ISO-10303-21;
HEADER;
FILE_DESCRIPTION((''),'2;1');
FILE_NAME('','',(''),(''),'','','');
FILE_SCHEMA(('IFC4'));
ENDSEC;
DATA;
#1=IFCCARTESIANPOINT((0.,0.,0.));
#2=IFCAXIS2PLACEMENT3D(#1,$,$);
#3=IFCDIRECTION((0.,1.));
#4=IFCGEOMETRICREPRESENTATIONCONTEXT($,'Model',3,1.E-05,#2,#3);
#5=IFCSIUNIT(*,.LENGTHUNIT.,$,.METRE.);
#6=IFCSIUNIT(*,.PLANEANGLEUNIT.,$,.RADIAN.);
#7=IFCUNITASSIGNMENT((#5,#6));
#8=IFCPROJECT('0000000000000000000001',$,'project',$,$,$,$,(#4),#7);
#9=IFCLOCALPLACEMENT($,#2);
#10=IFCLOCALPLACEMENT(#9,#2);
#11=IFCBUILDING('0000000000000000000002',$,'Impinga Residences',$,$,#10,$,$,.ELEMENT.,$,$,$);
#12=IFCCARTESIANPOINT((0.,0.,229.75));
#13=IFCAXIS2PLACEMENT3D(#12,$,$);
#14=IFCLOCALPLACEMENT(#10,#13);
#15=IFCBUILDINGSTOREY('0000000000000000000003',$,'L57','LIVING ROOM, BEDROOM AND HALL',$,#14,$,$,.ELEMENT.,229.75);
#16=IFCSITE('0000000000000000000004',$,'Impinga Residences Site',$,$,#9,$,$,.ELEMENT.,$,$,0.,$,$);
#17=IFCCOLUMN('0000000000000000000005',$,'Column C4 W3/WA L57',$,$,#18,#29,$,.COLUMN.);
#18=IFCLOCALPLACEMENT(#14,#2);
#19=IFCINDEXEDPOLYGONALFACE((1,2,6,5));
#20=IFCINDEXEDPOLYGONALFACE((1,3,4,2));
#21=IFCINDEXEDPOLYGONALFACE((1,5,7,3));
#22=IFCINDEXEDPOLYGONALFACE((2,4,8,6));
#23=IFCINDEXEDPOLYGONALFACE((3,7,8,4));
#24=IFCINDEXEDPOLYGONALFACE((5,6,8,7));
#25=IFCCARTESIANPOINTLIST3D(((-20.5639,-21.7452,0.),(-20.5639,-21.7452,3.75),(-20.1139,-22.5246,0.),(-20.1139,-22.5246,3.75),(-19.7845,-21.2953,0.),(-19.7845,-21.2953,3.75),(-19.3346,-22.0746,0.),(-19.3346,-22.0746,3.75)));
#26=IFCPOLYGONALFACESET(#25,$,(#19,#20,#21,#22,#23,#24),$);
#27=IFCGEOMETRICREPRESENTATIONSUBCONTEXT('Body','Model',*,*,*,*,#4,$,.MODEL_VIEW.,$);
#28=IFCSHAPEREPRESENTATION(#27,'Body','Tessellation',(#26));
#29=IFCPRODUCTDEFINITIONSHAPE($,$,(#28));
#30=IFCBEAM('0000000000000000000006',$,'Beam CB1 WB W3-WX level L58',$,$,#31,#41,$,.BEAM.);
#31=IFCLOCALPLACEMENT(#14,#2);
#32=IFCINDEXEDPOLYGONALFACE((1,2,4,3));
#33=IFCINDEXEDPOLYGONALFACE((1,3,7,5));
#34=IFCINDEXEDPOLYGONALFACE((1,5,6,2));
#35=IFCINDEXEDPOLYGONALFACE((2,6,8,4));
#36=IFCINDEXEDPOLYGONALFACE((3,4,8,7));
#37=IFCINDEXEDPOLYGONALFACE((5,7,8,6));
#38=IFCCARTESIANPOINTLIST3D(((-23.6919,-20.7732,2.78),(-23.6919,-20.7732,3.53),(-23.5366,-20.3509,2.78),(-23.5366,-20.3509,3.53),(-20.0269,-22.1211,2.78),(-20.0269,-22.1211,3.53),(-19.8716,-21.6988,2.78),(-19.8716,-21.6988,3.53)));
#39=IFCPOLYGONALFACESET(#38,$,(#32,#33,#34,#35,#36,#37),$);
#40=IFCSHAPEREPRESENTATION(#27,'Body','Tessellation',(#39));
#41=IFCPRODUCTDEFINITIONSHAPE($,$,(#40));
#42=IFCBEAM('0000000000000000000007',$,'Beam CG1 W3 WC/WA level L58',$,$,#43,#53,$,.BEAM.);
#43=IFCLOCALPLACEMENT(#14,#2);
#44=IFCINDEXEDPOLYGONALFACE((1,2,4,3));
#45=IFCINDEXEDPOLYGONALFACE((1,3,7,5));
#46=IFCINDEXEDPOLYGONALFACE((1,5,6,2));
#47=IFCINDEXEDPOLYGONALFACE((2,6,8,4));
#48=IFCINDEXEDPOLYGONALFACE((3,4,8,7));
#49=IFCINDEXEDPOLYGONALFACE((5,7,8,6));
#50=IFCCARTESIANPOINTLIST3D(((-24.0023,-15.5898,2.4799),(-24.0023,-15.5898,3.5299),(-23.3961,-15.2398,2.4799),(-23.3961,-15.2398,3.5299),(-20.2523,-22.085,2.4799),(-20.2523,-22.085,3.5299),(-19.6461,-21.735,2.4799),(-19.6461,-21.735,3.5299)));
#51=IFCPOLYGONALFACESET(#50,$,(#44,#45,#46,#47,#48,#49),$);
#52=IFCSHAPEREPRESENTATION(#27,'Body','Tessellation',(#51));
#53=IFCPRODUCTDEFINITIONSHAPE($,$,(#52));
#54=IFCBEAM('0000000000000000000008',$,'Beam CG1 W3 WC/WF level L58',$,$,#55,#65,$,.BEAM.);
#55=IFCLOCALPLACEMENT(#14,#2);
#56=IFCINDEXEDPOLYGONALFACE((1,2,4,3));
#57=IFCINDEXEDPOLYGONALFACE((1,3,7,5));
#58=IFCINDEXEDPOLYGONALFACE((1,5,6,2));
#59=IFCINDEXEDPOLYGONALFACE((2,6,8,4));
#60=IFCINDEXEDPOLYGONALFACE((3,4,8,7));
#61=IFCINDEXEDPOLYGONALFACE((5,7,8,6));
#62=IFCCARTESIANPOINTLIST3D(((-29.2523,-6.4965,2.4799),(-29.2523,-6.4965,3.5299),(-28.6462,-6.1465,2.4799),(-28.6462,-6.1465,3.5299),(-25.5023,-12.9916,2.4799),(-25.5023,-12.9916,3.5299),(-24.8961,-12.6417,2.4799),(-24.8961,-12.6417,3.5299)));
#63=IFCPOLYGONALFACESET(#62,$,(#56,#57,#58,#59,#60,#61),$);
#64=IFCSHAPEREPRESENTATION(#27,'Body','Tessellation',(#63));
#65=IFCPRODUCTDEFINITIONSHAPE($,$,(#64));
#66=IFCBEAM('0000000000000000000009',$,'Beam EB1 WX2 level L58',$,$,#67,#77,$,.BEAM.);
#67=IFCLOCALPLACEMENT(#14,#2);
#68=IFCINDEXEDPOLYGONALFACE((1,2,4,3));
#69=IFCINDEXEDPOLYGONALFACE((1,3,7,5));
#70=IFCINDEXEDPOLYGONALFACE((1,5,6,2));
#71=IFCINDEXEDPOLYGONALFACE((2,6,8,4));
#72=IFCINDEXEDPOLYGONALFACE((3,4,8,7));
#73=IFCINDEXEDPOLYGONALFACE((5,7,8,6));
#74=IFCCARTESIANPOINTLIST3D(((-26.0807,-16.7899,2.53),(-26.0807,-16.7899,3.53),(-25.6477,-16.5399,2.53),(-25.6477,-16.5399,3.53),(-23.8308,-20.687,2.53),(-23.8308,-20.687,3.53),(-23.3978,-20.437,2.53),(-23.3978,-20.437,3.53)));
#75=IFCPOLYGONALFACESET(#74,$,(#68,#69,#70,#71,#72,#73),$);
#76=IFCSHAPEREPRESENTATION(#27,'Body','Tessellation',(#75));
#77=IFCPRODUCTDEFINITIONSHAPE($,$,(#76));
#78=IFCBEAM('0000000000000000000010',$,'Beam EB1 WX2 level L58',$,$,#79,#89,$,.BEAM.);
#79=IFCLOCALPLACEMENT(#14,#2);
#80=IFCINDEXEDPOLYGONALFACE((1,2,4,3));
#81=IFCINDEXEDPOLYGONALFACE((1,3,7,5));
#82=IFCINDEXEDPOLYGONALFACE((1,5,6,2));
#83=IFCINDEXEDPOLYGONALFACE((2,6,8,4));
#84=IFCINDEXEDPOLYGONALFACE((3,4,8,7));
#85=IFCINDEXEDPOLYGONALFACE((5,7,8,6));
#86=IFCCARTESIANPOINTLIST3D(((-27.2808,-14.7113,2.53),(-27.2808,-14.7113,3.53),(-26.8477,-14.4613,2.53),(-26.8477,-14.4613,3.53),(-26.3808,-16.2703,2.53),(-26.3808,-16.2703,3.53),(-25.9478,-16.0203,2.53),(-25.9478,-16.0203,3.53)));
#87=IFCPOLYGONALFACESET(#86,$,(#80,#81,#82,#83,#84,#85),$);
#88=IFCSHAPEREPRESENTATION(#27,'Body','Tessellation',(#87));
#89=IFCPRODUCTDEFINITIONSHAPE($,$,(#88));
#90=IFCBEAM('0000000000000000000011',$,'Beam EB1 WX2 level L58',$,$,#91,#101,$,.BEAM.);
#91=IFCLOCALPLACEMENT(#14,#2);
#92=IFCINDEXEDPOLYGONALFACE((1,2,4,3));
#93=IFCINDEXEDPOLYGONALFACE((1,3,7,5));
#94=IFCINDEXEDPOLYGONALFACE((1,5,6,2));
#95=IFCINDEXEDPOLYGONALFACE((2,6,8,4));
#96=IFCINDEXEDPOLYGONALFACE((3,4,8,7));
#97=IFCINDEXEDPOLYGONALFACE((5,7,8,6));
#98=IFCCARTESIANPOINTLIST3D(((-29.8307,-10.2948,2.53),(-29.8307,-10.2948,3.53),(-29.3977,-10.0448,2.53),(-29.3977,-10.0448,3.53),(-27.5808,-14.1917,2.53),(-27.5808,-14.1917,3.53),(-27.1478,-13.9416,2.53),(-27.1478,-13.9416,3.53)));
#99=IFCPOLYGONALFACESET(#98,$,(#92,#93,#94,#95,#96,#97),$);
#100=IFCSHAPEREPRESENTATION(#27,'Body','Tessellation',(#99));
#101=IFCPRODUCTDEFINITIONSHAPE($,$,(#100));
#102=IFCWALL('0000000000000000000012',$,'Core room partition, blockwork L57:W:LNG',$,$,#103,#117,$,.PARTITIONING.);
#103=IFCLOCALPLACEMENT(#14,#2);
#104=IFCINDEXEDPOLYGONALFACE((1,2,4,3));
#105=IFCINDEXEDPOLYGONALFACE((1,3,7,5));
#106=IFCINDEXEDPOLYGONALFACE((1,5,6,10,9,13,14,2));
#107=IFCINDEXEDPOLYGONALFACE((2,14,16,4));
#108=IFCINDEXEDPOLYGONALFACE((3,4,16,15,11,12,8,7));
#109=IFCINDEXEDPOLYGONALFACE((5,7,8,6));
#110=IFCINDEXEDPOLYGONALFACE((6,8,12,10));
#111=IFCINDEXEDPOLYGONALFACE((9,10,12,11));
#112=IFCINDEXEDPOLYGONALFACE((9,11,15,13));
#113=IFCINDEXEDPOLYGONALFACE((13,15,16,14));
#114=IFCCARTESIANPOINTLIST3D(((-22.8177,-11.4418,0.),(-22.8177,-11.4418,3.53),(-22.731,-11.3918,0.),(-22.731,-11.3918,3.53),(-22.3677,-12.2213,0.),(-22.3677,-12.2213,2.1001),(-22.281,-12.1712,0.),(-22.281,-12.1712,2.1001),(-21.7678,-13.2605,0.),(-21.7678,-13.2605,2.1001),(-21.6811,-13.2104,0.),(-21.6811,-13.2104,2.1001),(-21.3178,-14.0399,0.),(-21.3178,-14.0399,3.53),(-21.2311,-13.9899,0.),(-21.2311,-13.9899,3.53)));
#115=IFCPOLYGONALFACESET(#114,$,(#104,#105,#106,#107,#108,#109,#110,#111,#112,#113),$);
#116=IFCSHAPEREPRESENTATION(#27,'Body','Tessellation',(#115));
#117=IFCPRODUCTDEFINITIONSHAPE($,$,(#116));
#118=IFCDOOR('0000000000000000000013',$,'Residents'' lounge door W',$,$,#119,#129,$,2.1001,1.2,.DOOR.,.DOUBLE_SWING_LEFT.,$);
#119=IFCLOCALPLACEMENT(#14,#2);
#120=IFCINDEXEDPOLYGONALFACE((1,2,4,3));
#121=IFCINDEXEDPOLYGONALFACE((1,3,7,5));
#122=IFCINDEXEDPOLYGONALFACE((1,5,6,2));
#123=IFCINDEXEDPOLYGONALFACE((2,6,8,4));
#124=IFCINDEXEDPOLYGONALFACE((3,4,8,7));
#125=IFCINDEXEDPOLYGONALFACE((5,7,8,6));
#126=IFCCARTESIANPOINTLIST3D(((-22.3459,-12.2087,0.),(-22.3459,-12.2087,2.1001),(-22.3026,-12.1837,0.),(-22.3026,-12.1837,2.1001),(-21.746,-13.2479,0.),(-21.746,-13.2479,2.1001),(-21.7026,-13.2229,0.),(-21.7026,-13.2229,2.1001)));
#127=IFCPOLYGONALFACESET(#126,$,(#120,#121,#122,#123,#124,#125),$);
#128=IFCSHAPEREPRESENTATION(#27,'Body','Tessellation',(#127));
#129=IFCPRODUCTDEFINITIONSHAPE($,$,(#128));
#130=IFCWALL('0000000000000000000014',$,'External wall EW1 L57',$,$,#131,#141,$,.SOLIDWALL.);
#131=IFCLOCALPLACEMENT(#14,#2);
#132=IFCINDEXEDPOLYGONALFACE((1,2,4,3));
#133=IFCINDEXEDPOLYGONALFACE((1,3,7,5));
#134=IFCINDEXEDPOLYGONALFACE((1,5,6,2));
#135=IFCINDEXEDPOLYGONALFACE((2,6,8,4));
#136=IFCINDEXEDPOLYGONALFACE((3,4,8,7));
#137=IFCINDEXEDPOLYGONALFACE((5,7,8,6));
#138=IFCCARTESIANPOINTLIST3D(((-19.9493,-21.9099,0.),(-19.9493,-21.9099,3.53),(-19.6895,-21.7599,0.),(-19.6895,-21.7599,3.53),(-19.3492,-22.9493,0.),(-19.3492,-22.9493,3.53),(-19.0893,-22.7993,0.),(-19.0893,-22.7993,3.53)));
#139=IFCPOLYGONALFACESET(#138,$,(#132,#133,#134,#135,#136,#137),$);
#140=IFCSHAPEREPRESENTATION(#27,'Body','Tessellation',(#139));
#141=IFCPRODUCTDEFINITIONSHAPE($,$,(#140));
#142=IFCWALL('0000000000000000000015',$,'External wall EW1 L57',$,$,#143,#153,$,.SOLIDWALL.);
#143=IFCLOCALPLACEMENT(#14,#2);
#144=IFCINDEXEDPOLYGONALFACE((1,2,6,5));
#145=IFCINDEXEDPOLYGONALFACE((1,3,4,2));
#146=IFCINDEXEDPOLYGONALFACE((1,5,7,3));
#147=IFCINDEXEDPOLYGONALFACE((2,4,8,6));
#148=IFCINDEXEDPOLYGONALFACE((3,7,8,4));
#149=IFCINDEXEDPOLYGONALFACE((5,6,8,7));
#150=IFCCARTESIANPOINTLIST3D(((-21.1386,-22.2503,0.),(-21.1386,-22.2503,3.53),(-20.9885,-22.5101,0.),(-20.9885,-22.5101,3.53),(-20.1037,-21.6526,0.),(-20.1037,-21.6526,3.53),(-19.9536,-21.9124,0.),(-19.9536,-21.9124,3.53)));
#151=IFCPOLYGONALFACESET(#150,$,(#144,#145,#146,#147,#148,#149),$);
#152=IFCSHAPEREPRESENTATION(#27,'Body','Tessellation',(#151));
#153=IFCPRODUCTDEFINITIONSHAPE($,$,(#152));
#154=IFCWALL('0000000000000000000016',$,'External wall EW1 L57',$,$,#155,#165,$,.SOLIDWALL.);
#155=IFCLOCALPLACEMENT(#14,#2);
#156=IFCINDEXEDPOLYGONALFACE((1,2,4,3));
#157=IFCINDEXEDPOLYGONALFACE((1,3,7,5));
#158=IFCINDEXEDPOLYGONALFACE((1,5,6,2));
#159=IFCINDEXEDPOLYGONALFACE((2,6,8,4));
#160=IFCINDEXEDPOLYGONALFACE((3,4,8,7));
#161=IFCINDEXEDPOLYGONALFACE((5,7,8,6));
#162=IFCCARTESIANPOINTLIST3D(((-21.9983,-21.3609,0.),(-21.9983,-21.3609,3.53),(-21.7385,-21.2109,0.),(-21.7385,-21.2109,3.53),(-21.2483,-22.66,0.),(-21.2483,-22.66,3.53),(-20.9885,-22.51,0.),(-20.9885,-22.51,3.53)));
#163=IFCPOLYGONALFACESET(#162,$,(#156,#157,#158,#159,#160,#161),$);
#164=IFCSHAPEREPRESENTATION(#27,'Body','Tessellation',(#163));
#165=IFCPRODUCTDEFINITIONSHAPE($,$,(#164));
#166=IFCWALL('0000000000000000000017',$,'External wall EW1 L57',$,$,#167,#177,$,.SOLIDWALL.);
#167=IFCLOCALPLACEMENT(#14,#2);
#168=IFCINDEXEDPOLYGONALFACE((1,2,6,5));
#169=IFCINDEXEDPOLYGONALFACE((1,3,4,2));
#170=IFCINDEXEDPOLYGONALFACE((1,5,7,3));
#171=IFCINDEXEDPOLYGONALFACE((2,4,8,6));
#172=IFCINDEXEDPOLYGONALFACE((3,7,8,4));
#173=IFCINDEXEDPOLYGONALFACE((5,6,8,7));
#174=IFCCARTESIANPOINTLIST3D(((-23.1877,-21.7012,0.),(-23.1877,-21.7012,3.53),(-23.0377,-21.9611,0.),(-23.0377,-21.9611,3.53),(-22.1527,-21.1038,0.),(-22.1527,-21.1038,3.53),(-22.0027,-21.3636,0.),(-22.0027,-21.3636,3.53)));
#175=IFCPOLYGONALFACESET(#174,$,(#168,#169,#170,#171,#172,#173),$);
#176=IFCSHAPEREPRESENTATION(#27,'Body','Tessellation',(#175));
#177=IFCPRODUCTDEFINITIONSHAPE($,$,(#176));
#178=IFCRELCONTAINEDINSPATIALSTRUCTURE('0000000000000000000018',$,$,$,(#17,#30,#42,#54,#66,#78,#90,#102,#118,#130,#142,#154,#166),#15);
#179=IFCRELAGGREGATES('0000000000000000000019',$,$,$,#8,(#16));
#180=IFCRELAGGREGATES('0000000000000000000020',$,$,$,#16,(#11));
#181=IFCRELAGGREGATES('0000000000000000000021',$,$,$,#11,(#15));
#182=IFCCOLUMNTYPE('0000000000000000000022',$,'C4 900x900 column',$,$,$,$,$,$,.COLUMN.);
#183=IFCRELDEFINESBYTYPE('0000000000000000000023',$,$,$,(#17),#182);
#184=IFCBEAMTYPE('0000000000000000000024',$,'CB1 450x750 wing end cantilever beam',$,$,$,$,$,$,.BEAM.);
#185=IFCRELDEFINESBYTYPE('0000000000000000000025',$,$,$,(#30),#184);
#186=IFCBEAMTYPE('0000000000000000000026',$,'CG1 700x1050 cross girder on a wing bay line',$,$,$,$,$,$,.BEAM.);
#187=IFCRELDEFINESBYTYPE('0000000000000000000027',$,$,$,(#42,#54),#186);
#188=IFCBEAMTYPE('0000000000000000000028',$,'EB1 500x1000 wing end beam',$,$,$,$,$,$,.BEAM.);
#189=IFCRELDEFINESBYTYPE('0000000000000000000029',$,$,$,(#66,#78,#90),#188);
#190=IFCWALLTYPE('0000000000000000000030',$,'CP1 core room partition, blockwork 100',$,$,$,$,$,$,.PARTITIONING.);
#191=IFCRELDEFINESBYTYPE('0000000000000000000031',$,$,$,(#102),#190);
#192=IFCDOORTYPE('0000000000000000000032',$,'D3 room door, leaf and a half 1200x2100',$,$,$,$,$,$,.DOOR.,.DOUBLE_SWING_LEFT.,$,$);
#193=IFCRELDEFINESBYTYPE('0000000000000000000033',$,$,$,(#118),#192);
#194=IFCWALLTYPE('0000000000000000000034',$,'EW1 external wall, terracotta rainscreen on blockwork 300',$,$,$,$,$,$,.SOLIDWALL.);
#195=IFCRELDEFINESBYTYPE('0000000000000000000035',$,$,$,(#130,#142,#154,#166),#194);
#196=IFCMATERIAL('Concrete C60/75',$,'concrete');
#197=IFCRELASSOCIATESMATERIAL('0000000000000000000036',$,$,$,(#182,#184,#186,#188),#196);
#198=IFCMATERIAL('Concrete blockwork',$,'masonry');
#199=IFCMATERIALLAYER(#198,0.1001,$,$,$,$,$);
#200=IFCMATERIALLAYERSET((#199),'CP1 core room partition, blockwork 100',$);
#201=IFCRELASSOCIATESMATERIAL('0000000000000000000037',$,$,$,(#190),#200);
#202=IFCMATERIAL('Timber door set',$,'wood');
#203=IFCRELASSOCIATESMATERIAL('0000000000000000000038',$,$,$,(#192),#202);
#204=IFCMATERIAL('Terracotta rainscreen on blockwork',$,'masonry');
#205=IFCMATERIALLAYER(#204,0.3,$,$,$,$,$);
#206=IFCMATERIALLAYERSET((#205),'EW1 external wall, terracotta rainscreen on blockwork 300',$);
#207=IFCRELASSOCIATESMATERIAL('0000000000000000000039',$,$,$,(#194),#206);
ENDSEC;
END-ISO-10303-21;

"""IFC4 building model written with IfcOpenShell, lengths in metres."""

from ifc_helpers import new_model, si_unit, direction, frame, frame_2d, origin, origin_2d, place, context, subcontext, project, spatial, rectangle, extrude, material, layer, layer_set, material_profile, profile_set, type_object, element, fill, save


model = new_model("IFC4")

# Units and contexts
model_context = context("Model", 3, precision=1e-05, world=origin(), true_north=direction((0.0, 1.0)))
body_context = subcontext(model_context, "Body", "Model", "MODEL_VIEW")
ifc_project = project(units=[si_unit("LENGTHUNIT", "METRE"), si_unit("PLANEANGLEUNIT", "RADIAN")], contexts=[model_context])

# Site, building, storey
site_placement = place(None, origin())
site = spatial("IfcSite", under=ifc_project, at=site_placement, Name="Impinga Residences Site", CompositionType="ELEMENT", RefElevation=0.0)
building_placement = place(site_placement, origin())
building = spatial("IfcBuilding", under=site, at=building_placement, Name="Impinga Residences", CompositionType="ELEMENT")
storey_placement = place(building_placement, frame((0.0, 0.0, 229.75)))
storey = spatial("IfcBuildingStorey", under=building, at=storey_placement, Name="L57", Description="LIVING ROOM, BEDROOM AND HALL", CompositionType="ELEMENT", Elevation=229.75)

# Column
ifc_material_1 = material(Name="Concrete C60/75", Category="concrete")
ifc_material_profile_1 = material_profile(ifc_material_1, rectangle(XDim=0.8999, YDim=0.8999, at=origin_2d()), Name="RC 900x900")
ifc_profile_set_1 = profile_set([ifc_material_profile_1], Name="Concrete C60/75")
column_type = type_object("IfcColumnType", Name="C4 900x900 column", PredefinedType="COLUMN", material=ifc_profile_set_1)
column_placement = place(storey_placement, frame((-19.9492, -21.9099, 0.0), z_axis=(0.0, 0.0, 1.0), x_axis=(-0.5, 0.866025, 0.0)))
element("IfcColumn", 1, at=column_placement, inside=storey, type_object=column_type, Name="Column C4 W3/WA L57", PredefinedType="COLUMN", context=body_context, shape_type="SweptSolid", body=[
    extrude(rectangle(XDim=0.8999, YDim=0.8999, at=origin_2d()), origin(), (0.0, 0.0, 1.0), 3.75),
])

# Beams
ifc_material_profile_2 = material_profile(ifc_material_1, rectangle(XDim=0.45, YDim=0.75, at=origin_2d()), Name="RC 450x750")
ifc_profile_set_2 = profile_set([ifc_material_profile_2], Name="Concrete C60/75")
beam_type_1 = type_object("IfcBeamType", Name="CB1 450x750 wing end cantilever beam", PredefinedType="BEAM", material=ifc_profile_set_2)
beam_1_placement = place(storey_placement, frame((-19.9492, -21.9099, 3.155), z_axis=(-0.93854, 0.345169, 0.0), x_axis=(-0.345169, -0.93854, 0.0)))
element("IfcBeam", 2, at=beam_1_placement, inside=storey, type_object=beam_type_1, Name="Beam CB1 WB W3-WX level L58", PredefinedType="BEAM", context=body_context, shape_type="SweptSolid", body=[
    extrude(rectangle(XDim=0.45, YDim=0.75, at=origin_2d()), origin(), (0.0, 0.0, 1.0), 3.905),
])
ifc_material_profile_3 = material_profile(ifc_material_1, rectangle(XDim=0.7, YDim=1.05, at=origin_2d()), Name="RC 700x1050")
ifc_profile_set_3 = profile_set([ifc_material_profile_3], Name="Concrete C60/75")
beam_type_2 = type_object("IfcBeamType", Name="CG1 700x1050 cross girder on a wing bay line", PredefinedType="BEAM", material=ifc_profile_set_3)
for number, where, z_axis, x_axis, name in (
    (3, (-23.6992, -15.4148, 3.0049), (0.500004, -0.866023, 0.0), (0.866023, 0.500004, 0.0), "Beam CG1 W3 WC/WA level L58"),
    (4, (-25.1992, -12.8167, 3.0049), (-0.500004, 0.866023, 0.0), (-0.866023, -0.500004, 0.0), "Beam CG1 W3 WC/WF level L58"),
):
    element("IfcBeam", number, at=place(storey_placement, frame(where, z_axis=z_axis, x_axis=x_axis)), inside=storey, type_object=beam_type_2, Name=name, PredefinedType="BEAM", context=body_context, shape_type="SweptSolid", body=[
        extrude(rectangle(XDim=0.7, YDim=1.05, at=origin_2d()), origin(), (0.0, 0.0, 1.0), 7.5),
    ])
ifc_material_profile_4 = material_profile(ifc_material_1, rectangle(XDim=0.5, YDim=1.0, at=origin_2d()), Name="RC 500x1000")
ifc_profile_set_4 = profile_set([ifc_material_profile_4], Name="Concrete C60/75")
beam_type_3 = type_object("IfcBeamType", Name="EB1 500x1000 wing end beam", PredefinedType="BEAM", material=ifc_profile_set_4)
beam_2_placement = place(storey_placement, frame((-23.6143, -20.562, 3.03), z_axis=(-0.49999, 0.866031, 0.0), x_axis=(-0.866031, -0.49999, 0.0)))
element("IfcBeam", 5, at=beam_2_placement, inside=storey, type_object=beam_type_3, Name="Beam EB1 WX2 level L58", PredefinedType="BEAM", context=body_context, shape_type="SweptSolid", body=[
    extrude(rectangle(XDim=0.5, YDim=1.0, at=origin_2d()), origin(), (0.0, 0.0, 1.0), 4.5),
])
beam_3_placement = place(storey_placement, frame((-26.1643, -16.1453, 3.03), z_axis=(-0.499961, 0.866048, 0.0), x_axis=(-0.866048, -0.499961, 0.0)))
element("IfcBeam", 6, at=beam_3_placement, inside=storey, type_object=beam_type_3, Name="Beam EB1 WX2 level L58", PredefinedType="BEAM", context=body_context, shape_type="SweptSolid", body=[
    extrude(rectangle(XDim=0.5, YDim=1.0, at=origin_2d()), origin(), (0.0, 0.0, 1.0), 1.8),
])
beam_4_placement = place(storey_placement, frame((-27.3643, -14.0667, 3.03), z_axis=(-0.500014, 0.866018, 0.0), x_axis=(-0.866018, -0.500014, 0.0)))
element("IfcBeam", 7, at=beam_4_placement, inside=storey, type_object=beam_type_3, Name="Beam EB1 WX2 level L58", PredefinedType="BEAM", context=body_context, shape_type="SweptSolid", body=[
    extrude(rectangle(XDim=0.5, YDim=1.0, at=origin_2d()), origin(), (0.0, 0.0, 1.0), 4.4998),
])

# Wall, opening, door
ifc_material_2 = material(Name="Concrete blockwork", Category="masonry")
ifc_layer_1 = layer(ifc_material_2, 0.1001)
ifc_layer_set_1 = layer_set([ifc_layer_1], Name="CP1 core room partition, blockwork 100")
wall_type_1 = type_object("IfcWallType", Name="CP1 core room partition, blockwork 100", PredefinedType="PARTITIONING", material=ifc_layer_set_1)
wall_1_placement = place(storey_placement, frame((-21.2744, -14.0149, 0.0), z_axis=(0.0, 0.0, 1.0), x_axis=(-0.49999, 0.866031, 0.0)))
wall_1 = element("IfcWall", 8, at=wall_1_placement, inside=storey, type_object=wall_type_1, Name="Core room partition, blockwork L57:W:LNG", PredefinedType="PARTITIONING", context=body_context, shape_type="SweptSolid", body=[
    extrude(rectangle(XDim=3.0, YDim=0.1001, at=frame_2d((1.5, 0.0))), origin(), (0.0, 0.0, 1.0), 3.53),
])
opening_1_placement = place(wall_1_placement, frame((0.8999, 0.0, 0.0)))
opening_1 = element("IfcOpeningElement", 9, at=opening_1_placement, cuts=wall_1, PredefinedType="OPENING", context=body_context, shape_type="SweptSolid", body=[
    extrude(rectangle(XDim=1.2, YDim=2.1001, at=frame_2d((0.6001, 1.05))), frame((0.0, 0.0601, 0.0), z_axis=(0.0, -1.0, 0.0), x_axis=(1.0, 0.0, 0.0)), (0.0, 0.0, 1.0), 0.1201),
])
ifc_material_3 = material(Name="Timber door set", Category="wood")
door_type_1 = type_object("IfcDoorType", Name="D3 room door, leaf and a half 1200x2100", OperationType="DOUBLE_SWING_LEFT", PredefinedType="DOOR", material=ifc_material_3)
door_1_placement = place(opening_1_placement, origin())
door_1 = element("IfcDoor", 10, at=door_1_placement, inside=storey, type_object=door_type_1, Name="Residents' lounge door W", OperationType="DOUBLE_SWING_LEFT", OverallHeight=2.1001, OverallWidth=1.2, PredefinedType="DOOR", context=body_context, shape_type="SweptSolid", body=[
    extrude(rectangle(XDim=1.2, YDim=2.1001, at=frame_2d((0.6001, 1.05))), frame((0.0, 0.0249, 0.0), z_axis=(0.0, -1.0, 0.0), x_axis=(1.0, 0.0, 0.0)), (0.0, 0.0, 1.0), 0.05),
])
fill(opening_1, door_1)

# Walls
ifc_material_4 = material(Name="Terracotta rainscreen on blockwork", Category="masonry")
ifc_layer_2 = layer(ifc_material_4, 0.3)
ifc_layer_set_2 = layer_set([ifc_layer_2], Name="EW1 external wall, terracotta rainscreen on blockwork 300")
wall_type_2 = type_object("IfcWallType", Name="EW1 external wall, terracotta rainscreen on blockwork 300", PredefinedType="SOLIDWALL", material=ifc_layer_set_2)
wall_2_placement = place(storey_placement, frame((-19.2192, -22.8743, 0.0), z_axis=(0.0, 0.0, 1.0), x_axis=(-0.500034, 0.866006, 0.0)))
element("IfcWall", 11, at=wall_2_placement, inside=storey, type_object=wall_type_2, Name="External wall EW1 L57", PredefinedType="SOLIDWALL", context=body_context, shape_type="SweptSolid", body=[
    extrude(rectangle(XDim=1.2002, YDim=0.3, at=frame_2d((0.6001, 0.0))), origin(), (0.0, 0.0, 1.0), 3.53),
])
wall_3_placement = place(storey_placement, frame((-20.0286, -21.7825, 0.0), z_axis=(0.0, 0.0, 1.0), x_axis=(-0.865971, -0.500094, 0.0)))
element("IfcWall", 12, at=wall_3_placement, inside=storey, type_object=wall_type_2, Name="External wall EW1 L57", PredefinedType="SOLIDWALL", context=body_context, shape_type="SweptSolid", body=[
    extrude(rectangle(XDim=1.1951, YDim=0.3, at=frame_2d((0.5977, 0.0))), origin(), (0.0, 0.0, 1.0), 3.53),
])
wall_4_placement = place(storey_placement, frame((-21.1184, -22.585, 0.0), z_axis=(0.0, 0.0, 1.0), x_axis=(-0.49999, 0.866031, 0.0)))
element("IfcWall", 13, at=wall_4_placement, inside=storey, type_object=wall_type_2, Name="External wall EW1 L57", PredefinedType="SOLIDWALL", context=body_context, shape_type="SweptSolid", body=[
    extrude(rectangle(XDim=1.5, YDim=0.3, at=frame_2d((0.75, 0.0))), origin(), (0.0, 0.0, 1.0), 3.53),
])
wall_5_placement = place(storey_placement, frame((-22.0776, -21.2336, 0.0), z_axis=(0.0, 0.0, 1.0), x_axis=(-0.86606, -0.499941, 0.0)))
element("IfcWall", 14, at=wall_5_placement, inside=storey, type_object=wall_type_2, Name="External wall EW1 L57", PredefinedType="SOLIDWALL", context=body_context, shape_type="SweptSolid", body=[
    extrude(rectangle(XDim=1.1951, YDim=0.3, at=frame_2d((0.5977, 0.0))), origin(), (0.0, 0.0, 1.0), 3.53),
])

save(model, "model.ifc")
